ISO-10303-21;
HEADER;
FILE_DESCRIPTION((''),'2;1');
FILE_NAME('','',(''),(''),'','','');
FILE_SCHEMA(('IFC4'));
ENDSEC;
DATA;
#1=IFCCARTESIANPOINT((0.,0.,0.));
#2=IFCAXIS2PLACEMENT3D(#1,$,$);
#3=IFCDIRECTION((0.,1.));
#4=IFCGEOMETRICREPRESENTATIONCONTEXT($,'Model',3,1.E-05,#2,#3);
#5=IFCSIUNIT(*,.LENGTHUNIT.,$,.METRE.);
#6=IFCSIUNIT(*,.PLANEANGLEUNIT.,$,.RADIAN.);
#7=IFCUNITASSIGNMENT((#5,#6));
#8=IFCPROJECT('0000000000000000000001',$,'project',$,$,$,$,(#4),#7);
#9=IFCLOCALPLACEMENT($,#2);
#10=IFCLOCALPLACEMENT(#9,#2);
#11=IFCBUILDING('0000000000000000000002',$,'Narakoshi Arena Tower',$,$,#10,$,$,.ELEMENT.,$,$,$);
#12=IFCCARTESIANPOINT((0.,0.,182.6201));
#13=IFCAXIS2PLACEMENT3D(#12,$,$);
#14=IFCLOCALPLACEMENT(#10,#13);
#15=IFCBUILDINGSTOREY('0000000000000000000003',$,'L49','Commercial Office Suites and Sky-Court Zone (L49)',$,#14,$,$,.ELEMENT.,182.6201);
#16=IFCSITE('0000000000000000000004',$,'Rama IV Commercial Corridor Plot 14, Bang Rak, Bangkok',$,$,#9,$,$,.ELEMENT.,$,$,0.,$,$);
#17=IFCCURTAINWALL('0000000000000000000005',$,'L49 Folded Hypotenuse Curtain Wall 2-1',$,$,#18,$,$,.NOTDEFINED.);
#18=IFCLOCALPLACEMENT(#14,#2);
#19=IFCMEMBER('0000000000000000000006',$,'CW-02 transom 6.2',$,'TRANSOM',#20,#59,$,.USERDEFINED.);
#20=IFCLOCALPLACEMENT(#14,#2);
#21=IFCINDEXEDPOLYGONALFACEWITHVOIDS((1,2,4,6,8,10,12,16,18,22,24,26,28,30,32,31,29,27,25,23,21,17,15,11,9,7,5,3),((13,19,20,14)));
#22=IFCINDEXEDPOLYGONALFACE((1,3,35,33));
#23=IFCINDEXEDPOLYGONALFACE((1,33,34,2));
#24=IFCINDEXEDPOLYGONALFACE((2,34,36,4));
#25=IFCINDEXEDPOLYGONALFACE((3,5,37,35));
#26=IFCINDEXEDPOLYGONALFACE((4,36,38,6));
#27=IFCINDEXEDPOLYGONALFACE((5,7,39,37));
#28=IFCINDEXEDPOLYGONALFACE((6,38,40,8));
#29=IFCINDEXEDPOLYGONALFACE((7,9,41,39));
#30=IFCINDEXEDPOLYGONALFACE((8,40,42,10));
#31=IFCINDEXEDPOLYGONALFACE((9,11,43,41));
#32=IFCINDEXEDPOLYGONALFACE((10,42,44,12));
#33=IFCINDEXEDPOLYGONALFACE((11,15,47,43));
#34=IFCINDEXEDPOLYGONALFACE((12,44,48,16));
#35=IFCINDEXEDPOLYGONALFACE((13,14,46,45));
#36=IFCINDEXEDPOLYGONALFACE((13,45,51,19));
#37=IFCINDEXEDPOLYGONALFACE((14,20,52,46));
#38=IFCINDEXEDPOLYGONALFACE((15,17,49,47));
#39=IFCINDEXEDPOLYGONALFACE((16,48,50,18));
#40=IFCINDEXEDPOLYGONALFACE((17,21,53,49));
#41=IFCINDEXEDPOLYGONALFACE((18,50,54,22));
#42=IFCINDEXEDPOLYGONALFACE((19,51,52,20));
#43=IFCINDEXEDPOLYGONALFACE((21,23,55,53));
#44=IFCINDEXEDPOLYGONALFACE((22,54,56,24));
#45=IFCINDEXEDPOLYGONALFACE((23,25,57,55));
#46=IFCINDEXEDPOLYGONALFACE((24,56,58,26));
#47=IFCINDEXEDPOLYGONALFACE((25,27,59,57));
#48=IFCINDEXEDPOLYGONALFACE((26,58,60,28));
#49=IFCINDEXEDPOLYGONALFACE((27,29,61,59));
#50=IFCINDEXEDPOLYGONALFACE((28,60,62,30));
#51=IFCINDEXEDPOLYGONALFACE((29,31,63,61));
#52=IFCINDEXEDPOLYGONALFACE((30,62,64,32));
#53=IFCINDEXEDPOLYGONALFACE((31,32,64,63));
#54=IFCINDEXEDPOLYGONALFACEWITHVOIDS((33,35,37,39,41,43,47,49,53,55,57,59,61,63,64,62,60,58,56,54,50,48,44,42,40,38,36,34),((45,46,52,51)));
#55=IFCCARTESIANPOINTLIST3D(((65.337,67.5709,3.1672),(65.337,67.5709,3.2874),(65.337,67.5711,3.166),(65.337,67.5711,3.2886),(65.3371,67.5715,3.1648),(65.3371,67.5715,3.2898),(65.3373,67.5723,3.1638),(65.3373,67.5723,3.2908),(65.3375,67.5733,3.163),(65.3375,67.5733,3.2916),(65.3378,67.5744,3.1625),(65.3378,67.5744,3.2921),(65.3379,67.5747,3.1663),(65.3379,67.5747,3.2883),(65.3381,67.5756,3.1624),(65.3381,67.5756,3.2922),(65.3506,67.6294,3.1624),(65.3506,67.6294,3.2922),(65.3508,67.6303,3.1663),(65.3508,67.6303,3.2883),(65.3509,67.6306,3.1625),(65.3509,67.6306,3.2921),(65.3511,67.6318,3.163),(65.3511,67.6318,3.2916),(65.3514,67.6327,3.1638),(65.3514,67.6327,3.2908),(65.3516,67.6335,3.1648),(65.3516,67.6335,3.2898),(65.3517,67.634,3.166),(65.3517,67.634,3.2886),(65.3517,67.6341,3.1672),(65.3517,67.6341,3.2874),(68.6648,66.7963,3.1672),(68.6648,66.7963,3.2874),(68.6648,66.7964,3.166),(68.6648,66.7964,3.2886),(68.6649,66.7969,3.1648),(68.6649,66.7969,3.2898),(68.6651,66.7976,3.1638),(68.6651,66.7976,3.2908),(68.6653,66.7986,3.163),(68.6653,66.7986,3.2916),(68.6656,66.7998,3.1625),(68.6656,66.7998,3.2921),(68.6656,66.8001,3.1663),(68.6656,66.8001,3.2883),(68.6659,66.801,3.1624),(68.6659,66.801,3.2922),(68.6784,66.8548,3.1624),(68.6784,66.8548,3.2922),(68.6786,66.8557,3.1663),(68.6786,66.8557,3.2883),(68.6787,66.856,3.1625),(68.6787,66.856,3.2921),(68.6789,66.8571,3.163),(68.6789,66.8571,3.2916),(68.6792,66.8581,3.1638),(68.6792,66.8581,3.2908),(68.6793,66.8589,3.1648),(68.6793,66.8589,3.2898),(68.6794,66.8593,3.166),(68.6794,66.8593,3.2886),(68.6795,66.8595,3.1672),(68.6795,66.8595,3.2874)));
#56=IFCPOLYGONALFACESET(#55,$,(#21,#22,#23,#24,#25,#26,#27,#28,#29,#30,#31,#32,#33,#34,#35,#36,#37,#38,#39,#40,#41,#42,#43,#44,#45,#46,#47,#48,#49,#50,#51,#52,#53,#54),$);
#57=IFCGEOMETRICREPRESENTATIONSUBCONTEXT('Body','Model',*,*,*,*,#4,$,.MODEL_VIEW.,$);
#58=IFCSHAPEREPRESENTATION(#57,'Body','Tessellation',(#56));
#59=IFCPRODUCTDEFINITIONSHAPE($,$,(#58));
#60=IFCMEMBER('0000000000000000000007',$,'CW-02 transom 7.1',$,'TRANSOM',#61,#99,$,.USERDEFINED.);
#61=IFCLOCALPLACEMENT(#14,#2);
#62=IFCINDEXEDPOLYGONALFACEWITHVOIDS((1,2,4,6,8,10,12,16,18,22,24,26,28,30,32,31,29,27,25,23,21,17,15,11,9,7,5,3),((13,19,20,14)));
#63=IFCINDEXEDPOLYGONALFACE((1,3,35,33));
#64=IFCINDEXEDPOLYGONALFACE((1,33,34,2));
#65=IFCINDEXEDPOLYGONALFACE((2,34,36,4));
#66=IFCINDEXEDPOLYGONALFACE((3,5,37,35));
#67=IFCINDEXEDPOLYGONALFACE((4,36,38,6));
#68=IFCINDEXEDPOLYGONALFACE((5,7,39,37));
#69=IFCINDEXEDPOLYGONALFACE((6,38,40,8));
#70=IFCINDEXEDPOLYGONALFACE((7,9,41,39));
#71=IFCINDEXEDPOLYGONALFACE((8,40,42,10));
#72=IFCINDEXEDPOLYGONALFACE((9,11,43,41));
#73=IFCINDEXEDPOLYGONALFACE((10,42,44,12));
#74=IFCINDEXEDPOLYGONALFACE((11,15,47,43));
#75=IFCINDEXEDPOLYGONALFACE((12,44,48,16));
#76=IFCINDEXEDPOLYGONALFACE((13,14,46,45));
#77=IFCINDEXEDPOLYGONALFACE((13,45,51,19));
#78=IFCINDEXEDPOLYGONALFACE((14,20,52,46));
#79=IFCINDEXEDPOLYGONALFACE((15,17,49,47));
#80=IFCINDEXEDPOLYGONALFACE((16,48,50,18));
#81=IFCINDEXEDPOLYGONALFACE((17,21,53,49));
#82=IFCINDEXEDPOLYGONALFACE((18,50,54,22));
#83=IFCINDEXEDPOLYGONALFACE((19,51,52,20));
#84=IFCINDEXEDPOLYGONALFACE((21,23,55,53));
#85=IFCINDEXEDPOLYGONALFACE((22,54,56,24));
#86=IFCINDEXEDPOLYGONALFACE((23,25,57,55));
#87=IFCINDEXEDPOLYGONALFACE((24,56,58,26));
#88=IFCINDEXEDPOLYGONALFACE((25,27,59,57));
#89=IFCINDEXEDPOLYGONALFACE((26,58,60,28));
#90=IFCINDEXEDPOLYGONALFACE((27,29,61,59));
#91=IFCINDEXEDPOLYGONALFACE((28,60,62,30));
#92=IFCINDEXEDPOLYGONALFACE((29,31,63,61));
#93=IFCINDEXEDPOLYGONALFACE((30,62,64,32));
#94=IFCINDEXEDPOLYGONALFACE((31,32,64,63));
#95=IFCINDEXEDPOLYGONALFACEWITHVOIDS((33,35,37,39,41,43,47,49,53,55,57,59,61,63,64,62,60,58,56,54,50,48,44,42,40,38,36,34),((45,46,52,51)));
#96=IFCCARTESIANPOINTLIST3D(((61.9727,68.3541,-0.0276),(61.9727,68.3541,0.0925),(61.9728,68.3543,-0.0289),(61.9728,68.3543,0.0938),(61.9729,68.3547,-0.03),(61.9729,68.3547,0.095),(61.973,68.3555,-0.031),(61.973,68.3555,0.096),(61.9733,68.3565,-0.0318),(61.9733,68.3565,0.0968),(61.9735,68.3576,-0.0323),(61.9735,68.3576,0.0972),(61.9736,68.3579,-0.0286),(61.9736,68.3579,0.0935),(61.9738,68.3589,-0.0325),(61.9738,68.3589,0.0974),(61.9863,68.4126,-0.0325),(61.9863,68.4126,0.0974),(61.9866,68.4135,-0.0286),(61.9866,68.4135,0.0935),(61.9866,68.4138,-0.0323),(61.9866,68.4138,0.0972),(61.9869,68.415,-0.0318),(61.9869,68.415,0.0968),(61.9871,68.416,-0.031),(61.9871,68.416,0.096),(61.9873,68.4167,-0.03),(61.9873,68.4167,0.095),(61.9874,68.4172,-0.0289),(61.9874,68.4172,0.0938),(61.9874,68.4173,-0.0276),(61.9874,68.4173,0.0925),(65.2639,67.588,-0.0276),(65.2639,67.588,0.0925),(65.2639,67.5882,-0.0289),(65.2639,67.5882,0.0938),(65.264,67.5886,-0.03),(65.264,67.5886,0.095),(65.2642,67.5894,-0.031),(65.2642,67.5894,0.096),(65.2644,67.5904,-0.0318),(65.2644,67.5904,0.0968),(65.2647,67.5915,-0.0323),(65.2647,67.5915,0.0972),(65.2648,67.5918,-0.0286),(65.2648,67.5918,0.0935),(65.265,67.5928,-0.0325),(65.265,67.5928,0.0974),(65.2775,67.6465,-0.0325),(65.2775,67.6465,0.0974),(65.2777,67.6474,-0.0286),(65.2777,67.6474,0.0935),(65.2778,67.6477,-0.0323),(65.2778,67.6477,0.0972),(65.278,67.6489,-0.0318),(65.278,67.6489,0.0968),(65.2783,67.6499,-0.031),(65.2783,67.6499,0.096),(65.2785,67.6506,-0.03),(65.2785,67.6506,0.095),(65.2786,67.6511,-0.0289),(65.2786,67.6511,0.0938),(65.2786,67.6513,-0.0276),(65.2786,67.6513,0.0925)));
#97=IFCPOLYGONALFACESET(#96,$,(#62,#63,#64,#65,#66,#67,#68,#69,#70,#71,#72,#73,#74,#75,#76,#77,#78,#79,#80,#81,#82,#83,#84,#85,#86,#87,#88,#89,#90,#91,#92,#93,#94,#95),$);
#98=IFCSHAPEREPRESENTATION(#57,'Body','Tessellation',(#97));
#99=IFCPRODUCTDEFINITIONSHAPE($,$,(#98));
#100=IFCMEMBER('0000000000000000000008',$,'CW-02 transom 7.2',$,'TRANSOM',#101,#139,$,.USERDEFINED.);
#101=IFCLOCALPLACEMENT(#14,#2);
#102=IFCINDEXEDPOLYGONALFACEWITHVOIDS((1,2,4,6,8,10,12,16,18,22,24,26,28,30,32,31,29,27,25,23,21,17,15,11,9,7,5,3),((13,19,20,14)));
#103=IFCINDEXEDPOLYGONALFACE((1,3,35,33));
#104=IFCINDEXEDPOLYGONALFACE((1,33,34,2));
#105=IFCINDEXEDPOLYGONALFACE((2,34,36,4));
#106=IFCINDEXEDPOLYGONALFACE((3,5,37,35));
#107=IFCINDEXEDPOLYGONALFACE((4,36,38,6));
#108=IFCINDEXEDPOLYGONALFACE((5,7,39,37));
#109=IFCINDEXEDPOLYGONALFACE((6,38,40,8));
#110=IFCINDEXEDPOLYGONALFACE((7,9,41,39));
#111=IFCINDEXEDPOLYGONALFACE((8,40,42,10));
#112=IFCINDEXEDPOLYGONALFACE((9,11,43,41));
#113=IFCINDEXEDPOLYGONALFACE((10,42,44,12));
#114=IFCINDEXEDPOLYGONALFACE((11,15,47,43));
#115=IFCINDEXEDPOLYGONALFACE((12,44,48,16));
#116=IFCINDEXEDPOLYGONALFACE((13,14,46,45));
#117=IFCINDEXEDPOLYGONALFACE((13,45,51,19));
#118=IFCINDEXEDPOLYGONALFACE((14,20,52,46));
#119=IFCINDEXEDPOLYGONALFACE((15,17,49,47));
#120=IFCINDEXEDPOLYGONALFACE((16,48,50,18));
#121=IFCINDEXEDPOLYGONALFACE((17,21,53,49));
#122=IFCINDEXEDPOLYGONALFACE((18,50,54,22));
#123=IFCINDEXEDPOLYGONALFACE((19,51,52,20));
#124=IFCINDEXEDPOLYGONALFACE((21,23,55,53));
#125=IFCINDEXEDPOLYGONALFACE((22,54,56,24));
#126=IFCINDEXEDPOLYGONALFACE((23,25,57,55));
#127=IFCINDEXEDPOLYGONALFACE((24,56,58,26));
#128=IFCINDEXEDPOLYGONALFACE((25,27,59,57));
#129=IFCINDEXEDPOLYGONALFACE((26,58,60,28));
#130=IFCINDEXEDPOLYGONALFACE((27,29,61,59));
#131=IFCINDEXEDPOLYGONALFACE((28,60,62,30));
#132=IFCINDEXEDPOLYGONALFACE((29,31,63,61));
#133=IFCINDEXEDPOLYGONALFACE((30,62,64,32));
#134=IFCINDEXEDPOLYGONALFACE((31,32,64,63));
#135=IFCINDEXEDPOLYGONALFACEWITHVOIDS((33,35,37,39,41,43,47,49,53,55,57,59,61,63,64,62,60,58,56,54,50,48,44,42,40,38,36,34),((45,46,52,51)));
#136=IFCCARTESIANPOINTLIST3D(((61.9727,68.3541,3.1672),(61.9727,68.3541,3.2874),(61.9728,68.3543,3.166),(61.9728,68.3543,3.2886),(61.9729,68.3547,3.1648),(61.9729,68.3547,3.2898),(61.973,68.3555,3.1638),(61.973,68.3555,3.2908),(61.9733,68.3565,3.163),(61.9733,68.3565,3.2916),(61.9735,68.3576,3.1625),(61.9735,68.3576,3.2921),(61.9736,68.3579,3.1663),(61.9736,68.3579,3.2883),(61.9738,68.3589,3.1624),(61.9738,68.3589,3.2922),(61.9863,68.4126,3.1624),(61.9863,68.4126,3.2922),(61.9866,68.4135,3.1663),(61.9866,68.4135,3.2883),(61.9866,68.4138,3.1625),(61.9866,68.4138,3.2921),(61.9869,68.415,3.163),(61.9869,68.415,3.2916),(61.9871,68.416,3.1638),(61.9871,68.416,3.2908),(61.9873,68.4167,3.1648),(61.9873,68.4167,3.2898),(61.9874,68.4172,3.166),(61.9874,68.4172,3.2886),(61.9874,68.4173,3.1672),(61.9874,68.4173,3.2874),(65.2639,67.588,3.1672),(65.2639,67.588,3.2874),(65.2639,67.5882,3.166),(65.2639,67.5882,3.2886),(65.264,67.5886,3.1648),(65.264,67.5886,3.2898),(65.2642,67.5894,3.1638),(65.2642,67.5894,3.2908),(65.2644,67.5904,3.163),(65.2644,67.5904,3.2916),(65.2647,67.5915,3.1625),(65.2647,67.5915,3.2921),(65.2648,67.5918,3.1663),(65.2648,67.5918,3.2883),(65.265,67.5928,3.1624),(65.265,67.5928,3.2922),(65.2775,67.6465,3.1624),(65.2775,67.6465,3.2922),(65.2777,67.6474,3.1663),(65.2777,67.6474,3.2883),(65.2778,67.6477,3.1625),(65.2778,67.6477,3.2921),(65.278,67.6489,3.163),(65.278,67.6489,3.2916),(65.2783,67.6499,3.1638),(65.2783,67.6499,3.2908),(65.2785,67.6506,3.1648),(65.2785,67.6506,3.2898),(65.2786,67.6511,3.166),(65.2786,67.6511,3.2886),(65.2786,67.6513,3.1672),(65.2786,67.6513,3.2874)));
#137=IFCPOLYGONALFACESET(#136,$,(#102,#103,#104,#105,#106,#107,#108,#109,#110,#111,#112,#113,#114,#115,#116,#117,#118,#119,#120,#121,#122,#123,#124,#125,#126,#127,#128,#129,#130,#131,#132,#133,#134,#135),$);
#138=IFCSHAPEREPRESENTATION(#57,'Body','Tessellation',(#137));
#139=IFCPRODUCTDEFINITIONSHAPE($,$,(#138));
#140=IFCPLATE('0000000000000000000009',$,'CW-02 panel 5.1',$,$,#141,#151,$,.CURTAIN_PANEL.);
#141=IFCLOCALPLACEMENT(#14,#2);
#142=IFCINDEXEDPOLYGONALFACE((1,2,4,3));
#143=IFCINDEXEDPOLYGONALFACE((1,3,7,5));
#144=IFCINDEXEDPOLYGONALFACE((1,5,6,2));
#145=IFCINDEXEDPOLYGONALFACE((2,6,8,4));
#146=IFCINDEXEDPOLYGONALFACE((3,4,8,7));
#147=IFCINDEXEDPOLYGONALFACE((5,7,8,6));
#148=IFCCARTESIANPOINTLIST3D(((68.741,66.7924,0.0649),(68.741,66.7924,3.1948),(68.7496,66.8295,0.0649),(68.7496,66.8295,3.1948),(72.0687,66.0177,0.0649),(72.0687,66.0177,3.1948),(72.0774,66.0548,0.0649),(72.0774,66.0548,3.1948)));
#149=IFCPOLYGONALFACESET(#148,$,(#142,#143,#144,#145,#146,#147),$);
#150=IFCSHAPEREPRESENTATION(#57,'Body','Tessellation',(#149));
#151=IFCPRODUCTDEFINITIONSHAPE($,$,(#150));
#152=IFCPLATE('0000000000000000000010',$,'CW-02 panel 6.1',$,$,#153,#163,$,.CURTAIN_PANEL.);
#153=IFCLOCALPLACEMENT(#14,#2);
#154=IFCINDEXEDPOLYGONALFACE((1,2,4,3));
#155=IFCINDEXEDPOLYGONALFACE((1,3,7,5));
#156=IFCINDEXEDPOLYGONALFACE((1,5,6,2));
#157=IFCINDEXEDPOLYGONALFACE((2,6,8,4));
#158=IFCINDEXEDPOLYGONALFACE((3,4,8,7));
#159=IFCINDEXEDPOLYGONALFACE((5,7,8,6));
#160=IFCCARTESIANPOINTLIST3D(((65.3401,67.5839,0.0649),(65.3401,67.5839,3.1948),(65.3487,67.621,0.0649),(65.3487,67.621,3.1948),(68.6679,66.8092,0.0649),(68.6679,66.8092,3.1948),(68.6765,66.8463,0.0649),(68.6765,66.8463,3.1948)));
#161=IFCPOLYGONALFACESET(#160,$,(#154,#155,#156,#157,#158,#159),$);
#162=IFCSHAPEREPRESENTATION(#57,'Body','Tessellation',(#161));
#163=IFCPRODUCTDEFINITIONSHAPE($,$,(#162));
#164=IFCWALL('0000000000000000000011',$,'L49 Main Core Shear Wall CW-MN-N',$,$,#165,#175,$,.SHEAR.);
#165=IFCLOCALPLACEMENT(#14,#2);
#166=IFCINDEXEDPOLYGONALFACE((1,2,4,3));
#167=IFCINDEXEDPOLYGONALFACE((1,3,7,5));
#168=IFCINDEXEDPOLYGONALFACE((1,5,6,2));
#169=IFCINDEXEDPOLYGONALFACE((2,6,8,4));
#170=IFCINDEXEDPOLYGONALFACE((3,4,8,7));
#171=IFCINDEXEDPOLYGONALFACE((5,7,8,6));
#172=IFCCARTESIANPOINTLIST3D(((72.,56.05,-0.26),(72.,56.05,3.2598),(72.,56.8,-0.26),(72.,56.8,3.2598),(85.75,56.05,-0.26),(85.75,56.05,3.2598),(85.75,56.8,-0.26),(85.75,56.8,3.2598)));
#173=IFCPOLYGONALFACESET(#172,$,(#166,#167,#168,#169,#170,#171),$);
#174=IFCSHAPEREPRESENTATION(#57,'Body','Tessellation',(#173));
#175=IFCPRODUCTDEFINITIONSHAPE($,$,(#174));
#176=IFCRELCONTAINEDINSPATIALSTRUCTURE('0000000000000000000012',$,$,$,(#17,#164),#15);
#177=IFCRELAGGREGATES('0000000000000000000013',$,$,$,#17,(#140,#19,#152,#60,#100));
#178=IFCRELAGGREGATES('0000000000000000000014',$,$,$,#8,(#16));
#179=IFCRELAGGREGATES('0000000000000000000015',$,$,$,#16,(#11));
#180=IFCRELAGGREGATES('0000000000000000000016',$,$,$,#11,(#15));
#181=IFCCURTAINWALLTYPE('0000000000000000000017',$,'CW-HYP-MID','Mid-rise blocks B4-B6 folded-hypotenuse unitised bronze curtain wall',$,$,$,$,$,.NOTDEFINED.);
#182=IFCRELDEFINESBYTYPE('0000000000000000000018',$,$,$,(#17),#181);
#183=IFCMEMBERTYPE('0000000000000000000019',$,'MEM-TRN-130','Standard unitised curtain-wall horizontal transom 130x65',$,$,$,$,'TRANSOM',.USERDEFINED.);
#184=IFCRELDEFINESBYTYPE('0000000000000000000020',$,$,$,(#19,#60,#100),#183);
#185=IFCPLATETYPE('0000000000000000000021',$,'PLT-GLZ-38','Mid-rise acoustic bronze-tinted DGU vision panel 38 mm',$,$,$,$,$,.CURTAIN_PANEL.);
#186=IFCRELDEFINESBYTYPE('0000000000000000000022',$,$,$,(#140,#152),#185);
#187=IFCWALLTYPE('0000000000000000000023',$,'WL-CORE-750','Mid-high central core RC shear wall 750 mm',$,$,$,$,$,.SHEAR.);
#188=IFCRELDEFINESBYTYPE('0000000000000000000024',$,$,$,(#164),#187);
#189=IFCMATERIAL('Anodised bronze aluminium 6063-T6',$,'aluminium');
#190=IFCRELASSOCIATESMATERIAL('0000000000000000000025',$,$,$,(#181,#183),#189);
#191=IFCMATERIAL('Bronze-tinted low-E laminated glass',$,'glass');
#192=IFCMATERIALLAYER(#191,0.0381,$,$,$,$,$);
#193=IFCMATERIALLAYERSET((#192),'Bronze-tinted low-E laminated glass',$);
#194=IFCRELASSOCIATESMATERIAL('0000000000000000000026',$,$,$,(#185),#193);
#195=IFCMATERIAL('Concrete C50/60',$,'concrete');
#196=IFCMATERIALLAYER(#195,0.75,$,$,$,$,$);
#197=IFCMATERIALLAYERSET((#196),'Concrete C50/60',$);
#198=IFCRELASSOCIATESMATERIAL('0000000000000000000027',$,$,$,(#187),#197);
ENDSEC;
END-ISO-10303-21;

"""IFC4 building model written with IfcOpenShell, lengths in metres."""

from ifc_helpers import new_model, si_unit, direction, frame, frame_2d, origin, origin_2d, place, context, subcontext, project, spatial, rectangle, hollow_rectangle, extrude, material, layer, layer_set, material_profile, profile_set, type_object, element, aggregate, save


model = new_model("IFC4")

# Units and contexts
model_context = context("Model", 3, precision=1e-05, world=origin(), true_north=direction((0.0, 1.0)))
body_context = subcontext(model_context, "Body", "Model", "MODEL_VIEW")
ifc_project = project(units=[si_unit("LENGTHUNIT", "METRE"), si_unit("PLANEANGLEUNIT", "RADIAN")], contexts=[model_context])

# Site, building, storey
site_placement = place(None, origin())
site = spatial("IfcSite", under=ifc_project, at=site_placement, Name="Rama IV Commercial Corridor Plot 14, Bang Rak, Bangkok", CompositionType="ELEMENT", RefElevation=0.0)
building_placement = place(site_placement, origin())
building = spatial("IfcBuilding", under=site, at=building_placement, Name="Narakoshi Arena Tower", CompositionType="ELEMENT")
storey_placement = place(building_placement, frame((0.0, 0.0, 182.6201)))
storey = spatial("IfcBuildingStorey", under=building, at=storey_placement, Name="L49", Description="Commercial Office Suites and Sky-Court Zone (L49)", CompositionType="ELEMENT", Elevation=182.6201)

# Curtain wall, members, plates
ifc_material_1 = material(Name="Anodised bronze aluminium 6063-T6", Category="aluminium")
curtain_wall_type = type_object("IfcCurtainWallType", Name="CW-HYP-MID", Description="Mid-rise blocks B4-B6 folded-hypotenuse unitised bronze curtain wall", PredefinedType="NOTDEFINED", material=ifc_material_1)
curtain_wall_placement = place(storey_placement, origin())
curtain_wall = element("IfcCurtainWall", 1, at=curtain_wall_placement, inside=storey, type_object=curtain_wall_type, Name="L49 Folded Hypotenuse Curtain Wall 2-1", PredefinedType="NOTDEFINED")
ifc_material_profile_1 = material_profile(ifc_material_1, hollow_rectangle(XDim=0.0649, YDim=0.1299, WallThickness=0.0039, OuterFilletRadius=0.0049, at=origin_2d()), Name="TRN130x65x4")
ifc_profile_set_1 = profile_set([ifc_material_profile_1], Name="Anodised bronze aluminium 6063-T6")
member_type_1 = type_object("IfcMemberType", Name="MEM-TRN-130", Description="Standard unitised curtain-wall horizontal transom 130x65", ElementType="TRANSOM", PredefinedType="USERDEFINED", material=ifc_profile_set_1)
member_1_placement = place(storey_placement, frame((68.6721, 66.8279, 3.2273), z_axis=(-0.973961, 0.226717, 0.0), x_axis=(-0.226717, -0.973961, 0.0)))
member_1 = element("IfcMember", 2, at=member_1_placement, type_object=member_type_1, Name="CW-02 transom 6.2", ObjectType="TRANSOM", PredefinedType="USERDEFINED", context=body_context, shape_type="SweptSolid", body=[
    extrude(hollow_rectangle(XDim=0.0649, YDim=0.1299, WallThickness=0.0039, OuterFilletRadius=0.0049, at=origin_2d()), origin(), (0.0, 0.0, 1.0), 3.4167),
])
member_2_placement = place(storey_placement, frame((65.2712, 67.6196, 0.0325), z_axis=(-0.973962, 0.226711, 0.0), x_axis=(-0.226711, -0.973962, 0.0)))
member_2 = element("IfcMember", 3, at=member_2_placement, type_object=member_type_1, Name="CW-02 transom 7.1", ObjectType="TRANSOM", PredefinedType="USERDEFINED", context=body_context, shape_type="SweptSolid", body=[
    extrude(hollow_rectangle(XDim=0.0649, YDim=0.1299, WallThickness=0.0039, OuterFilletRadius=0.0049, at=origin_2d()), origin(), (0.0, 0.0, 1.0), 3.3792),
])
member_3_placement = place(storey_placement, frame((65.2712, 67.6196, 3.2273), z_axis=(-0.973962, 0.226711, 0.0), x_axis=(-0.226711, -0.973962, 0.0)))
member_3 = element("IfcMember", 4, at=member_3_placement, type_object=member_type_1, Name="CW-02 transom 7.2", ObjectType="TRANSOM", PredefinedType="USERDEFINED", context=body_context, shape_type="SweptSolid", body=[
    extrude(hollow_rectangle(XDim=0.0649, YDim=0.1299, WallThickness=0.0039, OuterFilletRadius=0.0049, at=origin_2d()), origin(), (0.0, 0.0, 1.0), 3.3792),
])
ifc_material_2 = material(Name="Bronze-tinted low-E laminated glass", Category="glass")
ifc_layer_1 = layer(ifc_material_2, 0.0381)
ifc_layer_set_1 = layer_set([ifc_layer_1], Name="Bronze-tinted low-E laminated glass")
plate_type = type_object("IfcPlateType", Name="PLT-GLZ-38", Description="Mid-rise acoustic bronze-tinted DGU vision panel 38 mm", PredefinedType="CURTAIN_PANEL", material=ifc_layer_set_1)
plate_1_placement = place(storey_placement, frame((70.4092, 66.4236, 0.0649), z_axis=(0.0, 0.0, 1.0), x_axis=(-0.97396, 0.226721, 0.0)))
plate_1 = element("IfcPlate", 5, at=plate_1_placement, type_object=plate_type, Name="CW-02 panel 5.1", PredefinedType="CURTAIN_PANEL", context=body_context, shape_type="SweptSolid", body=[
    extrude(rectangle(XDim=3.4167, YDim=0.0381, at=origin_2d()), origin(), (0.0, 0.0, 1.0), 3.1299),
])
plate_2_placement = place(storey_placement, frame((67.0083, 67.2151, 0.0649), z_axis=(0.0, 0.0, 1.0), x_axis=(-0.97396, 0.226721, 0.0)))
plate_2 = element("IfcPlate", 6, at=plate_2_placement, type_object=plate_type, Name="CW-02 panel 6.1", PredefinedType="CURTAIN_PANEL", context=body_context, shape_type="SweptSolid", body=[
    extrude(rectangle(XDim=3.4167, YDim=0.0381, at=origin_2d()), origin(), (0.0, 0.0, 1.0), 3.1299),
])
aggregate(curtain_wall, [plate_1, member_1, plate_2, member_2, member_3])

# Wall
ifc_material_3 = material(Name="Concrete C50/60", Category="concrete")
ifc_layer_2 = layer(ifc_material_3, 0.75)
ifc_layer_set_2 = layer_set([ifc_layer_2], Name="Concrete C50/60")
wall_type_1 = type_object("IfcWallType", Name="WL-CORE-750", Description="Mid-high central core RC shear wall 750 mm", PredefinedType="SHEAR", material=ifc_layer_set_2)
wall_1_placement = place(storey_placement, frame((72.0, 56.425, -0.26), z_axis=(0.0, 0.0, 1.0), x_axis=(1.0, 0.0, 0.0)))
element("IfcWall", 7, at=wall_1_placement, inside=storey, type_object=wall_type_1, Name="L49 Main Core Shear Wall CW-MN-N", PredefinedType="SHEAR", context=body_context, shape_type="SweptSolid", body=[
    extrude(rectangle(XDim=13.75, YDim=0.75, at=frame_2d((6.875, 0.0))), origin(), (0.0, 0.0, 1.0), 3.5198),
])

save(model, "model.ifc")
